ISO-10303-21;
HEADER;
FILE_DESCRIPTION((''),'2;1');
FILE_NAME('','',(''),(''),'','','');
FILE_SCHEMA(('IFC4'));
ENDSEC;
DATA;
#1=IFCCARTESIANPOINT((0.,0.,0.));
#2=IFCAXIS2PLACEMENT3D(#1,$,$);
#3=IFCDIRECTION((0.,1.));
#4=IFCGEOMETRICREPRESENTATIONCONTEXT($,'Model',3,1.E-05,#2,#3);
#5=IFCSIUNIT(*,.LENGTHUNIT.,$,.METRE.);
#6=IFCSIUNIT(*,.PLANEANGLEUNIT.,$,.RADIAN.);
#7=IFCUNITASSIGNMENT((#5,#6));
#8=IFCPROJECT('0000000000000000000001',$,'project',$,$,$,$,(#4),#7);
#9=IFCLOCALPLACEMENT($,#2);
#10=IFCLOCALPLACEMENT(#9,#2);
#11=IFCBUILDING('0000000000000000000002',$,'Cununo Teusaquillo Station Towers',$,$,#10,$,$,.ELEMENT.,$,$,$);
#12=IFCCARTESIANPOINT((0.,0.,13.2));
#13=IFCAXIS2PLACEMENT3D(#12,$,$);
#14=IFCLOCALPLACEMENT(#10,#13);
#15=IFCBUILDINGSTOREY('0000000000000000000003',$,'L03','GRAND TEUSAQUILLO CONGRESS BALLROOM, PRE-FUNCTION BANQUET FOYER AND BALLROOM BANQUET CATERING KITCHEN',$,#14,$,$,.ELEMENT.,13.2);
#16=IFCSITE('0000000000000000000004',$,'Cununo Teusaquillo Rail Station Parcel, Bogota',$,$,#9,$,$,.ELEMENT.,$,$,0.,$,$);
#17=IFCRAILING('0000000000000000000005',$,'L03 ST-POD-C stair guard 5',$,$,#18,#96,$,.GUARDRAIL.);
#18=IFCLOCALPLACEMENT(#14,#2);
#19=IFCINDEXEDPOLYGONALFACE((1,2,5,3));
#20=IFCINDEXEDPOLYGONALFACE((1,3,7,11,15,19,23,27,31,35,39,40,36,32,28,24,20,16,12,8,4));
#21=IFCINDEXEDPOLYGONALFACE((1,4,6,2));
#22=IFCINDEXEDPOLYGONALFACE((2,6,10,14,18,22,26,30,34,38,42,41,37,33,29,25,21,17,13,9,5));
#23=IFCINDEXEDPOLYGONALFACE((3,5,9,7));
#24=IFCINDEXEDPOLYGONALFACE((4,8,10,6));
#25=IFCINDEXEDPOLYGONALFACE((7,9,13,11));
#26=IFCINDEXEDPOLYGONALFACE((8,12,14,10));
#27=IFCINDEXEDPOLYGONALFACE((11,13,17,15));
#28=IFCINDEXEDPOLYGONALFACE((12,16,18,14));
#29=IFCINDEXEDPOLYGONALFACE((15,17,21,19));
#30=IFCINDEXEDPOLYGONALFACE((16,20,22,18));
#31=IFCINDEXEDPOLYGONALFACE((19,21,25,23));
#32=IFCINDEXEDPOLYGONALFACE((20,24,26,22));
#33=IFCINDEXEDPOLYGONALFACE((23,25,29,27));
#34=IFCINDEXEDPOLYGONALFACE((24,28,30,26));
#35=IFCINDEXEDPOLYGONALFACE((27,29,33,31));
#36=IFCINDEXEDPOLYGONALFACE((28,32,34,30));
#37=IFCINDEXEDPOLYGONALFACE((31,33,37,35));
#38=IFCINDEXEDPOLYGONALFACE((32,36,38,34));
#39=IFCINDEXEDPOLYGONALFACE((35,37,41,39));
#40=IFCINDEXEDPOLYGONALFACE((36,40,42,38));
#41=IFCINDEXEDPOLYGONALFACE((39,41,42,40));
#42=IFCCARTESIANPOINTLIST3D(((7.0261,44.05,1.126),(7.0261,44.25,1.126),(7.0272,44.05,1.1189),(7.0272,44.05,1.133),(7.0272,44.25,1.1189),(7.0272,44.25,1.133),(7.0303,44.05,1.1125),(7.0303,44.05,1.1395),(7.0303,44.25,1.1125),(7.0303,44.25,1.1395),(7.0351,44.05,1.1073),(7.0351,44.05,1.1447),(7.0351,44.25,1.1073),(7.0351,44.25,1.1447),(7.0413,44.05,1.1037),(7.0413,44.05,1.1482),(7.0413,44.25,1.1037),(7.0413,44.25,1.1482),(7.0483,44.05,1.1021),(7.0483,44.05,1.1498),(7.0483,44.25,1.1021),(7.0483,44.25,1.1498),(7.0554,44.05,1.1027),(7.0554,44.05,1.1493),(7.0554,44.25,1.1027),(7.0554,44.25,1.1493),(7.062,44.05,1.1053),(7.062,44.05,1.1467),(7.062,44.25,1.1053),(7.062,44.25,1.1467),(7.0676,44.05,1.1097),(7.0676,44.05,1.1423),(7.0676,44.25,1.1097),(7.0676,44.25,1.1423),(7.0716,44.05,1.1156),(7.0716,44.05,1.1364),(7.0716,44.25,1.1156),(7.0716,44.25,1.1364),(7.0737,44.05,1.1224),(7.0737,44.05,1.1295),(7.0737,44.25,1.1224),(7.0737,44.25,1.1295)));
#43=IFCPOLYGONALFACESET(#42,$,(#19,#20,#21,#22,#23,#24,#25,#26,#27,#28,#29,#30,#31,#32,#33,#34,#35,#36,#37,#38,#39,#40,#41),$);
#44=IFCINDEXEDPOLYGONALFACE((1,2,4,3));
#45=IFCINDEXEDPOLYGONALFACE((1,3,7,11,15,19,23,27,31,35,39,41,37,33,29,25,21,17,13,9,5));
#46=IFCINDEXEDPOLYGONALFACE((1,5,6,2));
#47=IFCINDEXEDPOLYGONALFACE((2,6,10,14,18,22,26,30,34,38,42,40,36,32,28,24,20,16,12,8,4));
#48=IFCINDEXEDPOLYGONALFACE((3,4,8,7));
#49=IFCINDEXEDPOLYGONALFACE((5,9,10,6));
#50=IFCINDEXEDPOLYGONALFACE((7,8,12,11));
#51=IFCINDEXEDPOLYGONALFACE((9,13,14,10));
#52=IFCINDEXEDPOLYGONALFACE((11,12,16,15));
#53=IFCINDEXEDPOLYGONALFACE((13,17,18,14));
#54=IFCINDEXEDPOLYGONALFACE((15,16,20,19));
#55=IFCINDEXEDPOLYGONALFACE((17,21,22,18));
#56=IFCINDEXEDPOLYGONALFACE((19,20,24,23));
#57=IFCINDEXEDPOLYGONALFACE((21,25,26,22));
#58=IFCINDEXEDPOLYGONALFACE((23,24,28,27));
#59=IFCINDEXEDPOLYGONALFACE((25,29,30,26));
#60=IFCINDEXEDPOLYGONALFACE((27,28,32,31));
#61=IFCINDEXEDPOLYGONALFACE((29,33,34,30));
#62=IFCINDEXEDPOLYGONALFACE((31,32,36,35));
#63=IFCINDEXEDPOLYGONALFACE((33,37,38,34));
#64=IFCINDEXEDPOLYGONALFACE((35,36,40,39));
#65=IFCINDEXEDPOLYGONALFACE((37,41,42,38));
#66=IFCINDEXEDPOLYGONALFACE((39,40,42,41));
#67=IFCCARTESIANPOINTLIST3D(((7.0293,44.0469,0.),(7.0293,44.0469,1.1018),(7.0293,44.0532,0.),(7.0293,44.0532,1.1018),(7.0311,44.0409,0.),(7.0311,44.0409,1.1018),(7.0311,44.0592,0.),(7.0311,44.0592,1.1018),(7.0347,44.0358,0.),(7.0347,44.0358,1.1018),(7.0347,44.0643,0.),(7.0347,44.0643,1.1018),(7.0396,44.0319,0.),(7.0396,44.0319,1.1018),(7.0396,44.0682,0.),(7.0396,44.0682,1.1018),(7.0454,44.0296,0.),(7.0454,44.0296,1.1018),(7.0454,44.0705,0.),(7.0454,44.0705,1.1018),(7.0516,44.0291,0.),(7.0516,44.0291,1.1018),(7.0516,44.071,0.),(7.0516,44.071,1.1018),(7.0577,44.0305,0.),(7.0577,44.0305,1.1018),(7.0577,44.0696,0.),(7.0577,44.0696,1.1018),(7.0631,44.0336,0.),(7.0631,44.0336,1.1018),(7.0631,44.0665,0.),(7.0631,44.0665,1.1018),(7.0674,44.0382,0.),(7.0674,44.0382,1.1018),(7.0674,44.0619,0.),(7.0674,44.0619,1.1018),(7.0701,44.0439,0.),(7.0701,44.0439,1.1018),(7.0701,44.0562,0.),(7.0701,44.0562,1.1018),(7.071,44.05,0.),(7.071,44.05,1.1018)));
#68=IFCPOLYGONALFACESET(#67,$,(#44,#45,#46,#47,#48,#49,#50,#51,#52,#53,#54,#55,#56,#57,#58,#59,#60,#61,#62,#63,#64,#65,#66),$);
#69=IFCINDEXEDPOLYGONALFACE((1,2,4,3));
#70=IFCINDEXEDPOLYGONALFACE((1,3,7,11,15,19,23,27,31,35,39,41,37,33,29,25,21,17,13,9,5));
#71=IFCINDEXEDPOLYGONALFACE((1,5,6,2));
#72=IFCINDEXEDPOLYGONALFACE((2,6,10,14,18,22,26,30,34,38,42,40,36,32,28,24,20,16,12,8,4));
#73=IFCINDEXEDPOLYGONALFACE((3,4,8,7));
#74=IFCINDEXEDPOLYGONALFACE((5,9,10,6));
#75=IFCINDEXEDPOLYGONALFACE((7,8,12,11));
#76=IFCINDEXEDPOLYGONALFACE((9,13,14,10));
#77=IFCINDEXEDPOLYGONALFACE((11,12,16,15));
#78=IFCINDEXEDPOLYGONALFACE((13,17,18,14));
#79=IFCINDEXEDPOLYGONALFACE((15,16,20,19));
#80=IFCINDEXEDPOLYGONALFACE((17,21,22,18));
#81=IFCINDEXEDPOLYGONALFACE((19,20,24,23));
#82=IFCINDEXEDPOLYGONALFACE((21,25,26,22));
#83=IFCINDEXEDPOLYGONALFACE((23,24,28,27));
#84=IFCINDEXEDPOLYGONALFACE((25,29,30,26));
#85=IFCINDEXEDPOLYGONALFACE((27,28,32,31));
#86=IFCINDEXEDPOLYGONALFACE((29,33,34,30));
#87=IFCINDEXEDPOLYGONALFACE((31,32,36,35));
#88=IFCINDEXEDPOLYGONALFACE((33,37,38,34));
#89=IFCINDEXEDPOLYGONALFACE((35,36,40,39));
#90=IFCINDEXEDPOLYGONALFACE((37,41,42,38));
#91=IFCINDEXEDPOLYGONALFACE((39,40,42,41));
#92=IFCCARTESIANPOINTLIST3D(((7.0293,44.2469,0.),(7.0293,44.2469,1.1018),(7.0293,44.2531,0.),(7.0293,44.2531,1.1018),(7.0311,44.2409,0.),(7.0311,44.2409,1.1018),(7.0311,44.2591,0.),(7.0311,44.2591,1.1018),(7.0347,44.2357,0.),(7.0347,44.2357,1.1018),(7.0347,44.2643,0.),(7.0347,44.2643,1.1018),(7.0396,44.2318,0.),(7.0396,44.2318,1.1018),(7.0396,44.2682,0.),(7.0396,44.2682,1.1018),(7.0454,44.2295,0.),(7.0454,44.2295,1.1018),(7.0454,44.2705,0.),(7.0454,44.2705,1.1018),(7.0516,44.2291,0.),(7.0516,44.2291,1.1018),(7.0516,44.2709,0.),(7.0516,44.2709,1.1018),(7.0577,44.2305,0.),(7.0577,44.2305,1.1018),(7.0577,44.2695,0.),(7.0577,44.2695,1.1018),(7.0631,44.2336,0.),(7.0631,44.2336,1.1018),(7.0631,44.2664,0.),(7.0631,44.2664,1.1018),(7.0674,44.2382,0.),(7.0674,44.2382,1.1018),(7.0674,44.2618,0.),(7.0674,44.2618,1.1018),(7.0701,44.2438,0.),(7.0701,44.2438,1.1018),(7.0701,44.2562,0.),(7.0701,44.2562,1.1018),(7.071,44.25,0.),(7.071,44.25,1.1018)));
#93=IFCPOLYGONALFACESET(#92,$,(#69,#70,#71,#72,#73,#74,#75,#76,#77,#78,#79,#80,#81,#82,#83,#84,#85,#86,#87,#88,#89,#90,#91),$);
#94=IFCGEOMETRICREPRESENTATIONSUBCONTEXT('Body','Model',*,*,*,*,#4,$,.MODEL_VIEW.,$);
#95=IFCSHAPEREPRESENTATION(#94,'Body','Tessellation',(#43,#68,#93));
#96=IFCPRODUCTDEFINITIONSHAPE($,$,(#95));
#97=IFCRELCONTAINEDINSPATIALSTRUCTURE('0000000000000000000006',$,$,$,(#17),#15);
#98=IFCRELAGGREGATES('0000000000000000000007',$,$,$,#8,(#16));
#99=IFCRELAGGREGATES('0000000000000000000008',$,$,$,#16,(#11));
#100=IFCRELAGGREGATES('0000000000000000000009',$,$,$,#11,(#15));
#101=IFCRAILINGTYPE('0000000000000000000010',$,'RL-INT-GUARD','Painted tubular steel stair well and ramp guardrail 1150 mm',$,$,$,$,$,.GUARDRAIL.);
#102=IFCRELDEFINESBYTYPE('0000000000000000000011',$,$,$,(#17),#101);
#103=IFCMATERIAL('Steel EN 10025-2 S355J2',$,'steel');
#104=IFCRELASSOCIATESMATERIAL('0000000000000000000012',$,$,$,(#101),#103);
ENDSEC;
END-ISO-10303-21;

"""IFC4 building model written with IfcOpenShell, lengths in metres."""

from ifc_helpers import new_model, si_unit, direction, frame, origin, origin_2d, place, context, subcontext, project, spatial, circle, extrude, material, type_object, element, save


model = new_model("IFC4")

# Units and contexts
model_context = context("Model", 3, precision=1e-05, world=origin(), true_north=direction((0.0, 1.0)))
body_context = subcontext(model_context, "Body", "Model", "MODEL_VIEW")
ifc_project = project(units=[si_unit("LENGTHUNIT", "METRE"), si_unit("PLANEANGLEUNIT", "RADIAN")], contexts=[model_context])

# Site, building, storey
site_placement = place(None, origin())
site = spatial("IfcSite", under=ifc_project, at=site_placement, Name="Cununo Teusaquillo Rail Station Parcel, Bogota", CompositionType="ELEMENT", RefElevation=0.0)
building_placement = place(site_placement, origin())
building = spatial("IfcBuilding", under=site, at=building_placement, Name="Cununo Teusaquillo Station Towers", CompositionType="ELEMENT")
storey_placement = place(building_placement, frame((0.0, 0.0, 13.2)))
storey = spatial("IfcBuildingStorey", under=building, at=storey_placement, Name="L03", Description="GRAND TEUSAQUILLO CONGRESS BALLROOM, PRE-FUNCTION BANQUET FOYER AND BALLROOM BANQUET CATERING KITCHEN", CompositionType="ELEMENT", Elevation=13.2)

# Railing
ifc_material_1 = material(Name="Steel EN 10025-2 S355J2", Category="steel")
railing_type = type_object("IfcRailingType", Name="RL-INT-GUARD", Description="Painted tubular steel stair well and ramp guardrail 1150 mm", PredefinedType="GUARDRAIL", material=ifc_material_1)
railing_1_placement = place(storey_placement, frame((7.05, 44.05, 0.0)))
element("IfcRailing", 1, at=railing_1_placement, inside=storey, type_object=railing_type, Name="L03 ST-POD-C stair guard 5", PredefinedType="GUARDRAIL", context=body_context, shape_type="SweptSolid", body=[
    extrude(circle(Radius=0.0239, at=origin_2d()), frame((0.0, 0.0, 1.126), z_axis=(0.0, 1.0, 0.0), x_axis=(-1.0, 0.0, 0.0)), (0.0, 0.0, 1.0), 0.2),
    extrude(circle(Radius=0.021, at=origin_2d()), origin(), (0.0, 0.0, 1.0), 1.1018),
    extrude(circle(Radius=0.021, at=origin_2d()), frame((0.0, 0.2, 0.0)), (0.0, 0.0, 1.0), 1.1018),
])

save(model, "model.ifc")
